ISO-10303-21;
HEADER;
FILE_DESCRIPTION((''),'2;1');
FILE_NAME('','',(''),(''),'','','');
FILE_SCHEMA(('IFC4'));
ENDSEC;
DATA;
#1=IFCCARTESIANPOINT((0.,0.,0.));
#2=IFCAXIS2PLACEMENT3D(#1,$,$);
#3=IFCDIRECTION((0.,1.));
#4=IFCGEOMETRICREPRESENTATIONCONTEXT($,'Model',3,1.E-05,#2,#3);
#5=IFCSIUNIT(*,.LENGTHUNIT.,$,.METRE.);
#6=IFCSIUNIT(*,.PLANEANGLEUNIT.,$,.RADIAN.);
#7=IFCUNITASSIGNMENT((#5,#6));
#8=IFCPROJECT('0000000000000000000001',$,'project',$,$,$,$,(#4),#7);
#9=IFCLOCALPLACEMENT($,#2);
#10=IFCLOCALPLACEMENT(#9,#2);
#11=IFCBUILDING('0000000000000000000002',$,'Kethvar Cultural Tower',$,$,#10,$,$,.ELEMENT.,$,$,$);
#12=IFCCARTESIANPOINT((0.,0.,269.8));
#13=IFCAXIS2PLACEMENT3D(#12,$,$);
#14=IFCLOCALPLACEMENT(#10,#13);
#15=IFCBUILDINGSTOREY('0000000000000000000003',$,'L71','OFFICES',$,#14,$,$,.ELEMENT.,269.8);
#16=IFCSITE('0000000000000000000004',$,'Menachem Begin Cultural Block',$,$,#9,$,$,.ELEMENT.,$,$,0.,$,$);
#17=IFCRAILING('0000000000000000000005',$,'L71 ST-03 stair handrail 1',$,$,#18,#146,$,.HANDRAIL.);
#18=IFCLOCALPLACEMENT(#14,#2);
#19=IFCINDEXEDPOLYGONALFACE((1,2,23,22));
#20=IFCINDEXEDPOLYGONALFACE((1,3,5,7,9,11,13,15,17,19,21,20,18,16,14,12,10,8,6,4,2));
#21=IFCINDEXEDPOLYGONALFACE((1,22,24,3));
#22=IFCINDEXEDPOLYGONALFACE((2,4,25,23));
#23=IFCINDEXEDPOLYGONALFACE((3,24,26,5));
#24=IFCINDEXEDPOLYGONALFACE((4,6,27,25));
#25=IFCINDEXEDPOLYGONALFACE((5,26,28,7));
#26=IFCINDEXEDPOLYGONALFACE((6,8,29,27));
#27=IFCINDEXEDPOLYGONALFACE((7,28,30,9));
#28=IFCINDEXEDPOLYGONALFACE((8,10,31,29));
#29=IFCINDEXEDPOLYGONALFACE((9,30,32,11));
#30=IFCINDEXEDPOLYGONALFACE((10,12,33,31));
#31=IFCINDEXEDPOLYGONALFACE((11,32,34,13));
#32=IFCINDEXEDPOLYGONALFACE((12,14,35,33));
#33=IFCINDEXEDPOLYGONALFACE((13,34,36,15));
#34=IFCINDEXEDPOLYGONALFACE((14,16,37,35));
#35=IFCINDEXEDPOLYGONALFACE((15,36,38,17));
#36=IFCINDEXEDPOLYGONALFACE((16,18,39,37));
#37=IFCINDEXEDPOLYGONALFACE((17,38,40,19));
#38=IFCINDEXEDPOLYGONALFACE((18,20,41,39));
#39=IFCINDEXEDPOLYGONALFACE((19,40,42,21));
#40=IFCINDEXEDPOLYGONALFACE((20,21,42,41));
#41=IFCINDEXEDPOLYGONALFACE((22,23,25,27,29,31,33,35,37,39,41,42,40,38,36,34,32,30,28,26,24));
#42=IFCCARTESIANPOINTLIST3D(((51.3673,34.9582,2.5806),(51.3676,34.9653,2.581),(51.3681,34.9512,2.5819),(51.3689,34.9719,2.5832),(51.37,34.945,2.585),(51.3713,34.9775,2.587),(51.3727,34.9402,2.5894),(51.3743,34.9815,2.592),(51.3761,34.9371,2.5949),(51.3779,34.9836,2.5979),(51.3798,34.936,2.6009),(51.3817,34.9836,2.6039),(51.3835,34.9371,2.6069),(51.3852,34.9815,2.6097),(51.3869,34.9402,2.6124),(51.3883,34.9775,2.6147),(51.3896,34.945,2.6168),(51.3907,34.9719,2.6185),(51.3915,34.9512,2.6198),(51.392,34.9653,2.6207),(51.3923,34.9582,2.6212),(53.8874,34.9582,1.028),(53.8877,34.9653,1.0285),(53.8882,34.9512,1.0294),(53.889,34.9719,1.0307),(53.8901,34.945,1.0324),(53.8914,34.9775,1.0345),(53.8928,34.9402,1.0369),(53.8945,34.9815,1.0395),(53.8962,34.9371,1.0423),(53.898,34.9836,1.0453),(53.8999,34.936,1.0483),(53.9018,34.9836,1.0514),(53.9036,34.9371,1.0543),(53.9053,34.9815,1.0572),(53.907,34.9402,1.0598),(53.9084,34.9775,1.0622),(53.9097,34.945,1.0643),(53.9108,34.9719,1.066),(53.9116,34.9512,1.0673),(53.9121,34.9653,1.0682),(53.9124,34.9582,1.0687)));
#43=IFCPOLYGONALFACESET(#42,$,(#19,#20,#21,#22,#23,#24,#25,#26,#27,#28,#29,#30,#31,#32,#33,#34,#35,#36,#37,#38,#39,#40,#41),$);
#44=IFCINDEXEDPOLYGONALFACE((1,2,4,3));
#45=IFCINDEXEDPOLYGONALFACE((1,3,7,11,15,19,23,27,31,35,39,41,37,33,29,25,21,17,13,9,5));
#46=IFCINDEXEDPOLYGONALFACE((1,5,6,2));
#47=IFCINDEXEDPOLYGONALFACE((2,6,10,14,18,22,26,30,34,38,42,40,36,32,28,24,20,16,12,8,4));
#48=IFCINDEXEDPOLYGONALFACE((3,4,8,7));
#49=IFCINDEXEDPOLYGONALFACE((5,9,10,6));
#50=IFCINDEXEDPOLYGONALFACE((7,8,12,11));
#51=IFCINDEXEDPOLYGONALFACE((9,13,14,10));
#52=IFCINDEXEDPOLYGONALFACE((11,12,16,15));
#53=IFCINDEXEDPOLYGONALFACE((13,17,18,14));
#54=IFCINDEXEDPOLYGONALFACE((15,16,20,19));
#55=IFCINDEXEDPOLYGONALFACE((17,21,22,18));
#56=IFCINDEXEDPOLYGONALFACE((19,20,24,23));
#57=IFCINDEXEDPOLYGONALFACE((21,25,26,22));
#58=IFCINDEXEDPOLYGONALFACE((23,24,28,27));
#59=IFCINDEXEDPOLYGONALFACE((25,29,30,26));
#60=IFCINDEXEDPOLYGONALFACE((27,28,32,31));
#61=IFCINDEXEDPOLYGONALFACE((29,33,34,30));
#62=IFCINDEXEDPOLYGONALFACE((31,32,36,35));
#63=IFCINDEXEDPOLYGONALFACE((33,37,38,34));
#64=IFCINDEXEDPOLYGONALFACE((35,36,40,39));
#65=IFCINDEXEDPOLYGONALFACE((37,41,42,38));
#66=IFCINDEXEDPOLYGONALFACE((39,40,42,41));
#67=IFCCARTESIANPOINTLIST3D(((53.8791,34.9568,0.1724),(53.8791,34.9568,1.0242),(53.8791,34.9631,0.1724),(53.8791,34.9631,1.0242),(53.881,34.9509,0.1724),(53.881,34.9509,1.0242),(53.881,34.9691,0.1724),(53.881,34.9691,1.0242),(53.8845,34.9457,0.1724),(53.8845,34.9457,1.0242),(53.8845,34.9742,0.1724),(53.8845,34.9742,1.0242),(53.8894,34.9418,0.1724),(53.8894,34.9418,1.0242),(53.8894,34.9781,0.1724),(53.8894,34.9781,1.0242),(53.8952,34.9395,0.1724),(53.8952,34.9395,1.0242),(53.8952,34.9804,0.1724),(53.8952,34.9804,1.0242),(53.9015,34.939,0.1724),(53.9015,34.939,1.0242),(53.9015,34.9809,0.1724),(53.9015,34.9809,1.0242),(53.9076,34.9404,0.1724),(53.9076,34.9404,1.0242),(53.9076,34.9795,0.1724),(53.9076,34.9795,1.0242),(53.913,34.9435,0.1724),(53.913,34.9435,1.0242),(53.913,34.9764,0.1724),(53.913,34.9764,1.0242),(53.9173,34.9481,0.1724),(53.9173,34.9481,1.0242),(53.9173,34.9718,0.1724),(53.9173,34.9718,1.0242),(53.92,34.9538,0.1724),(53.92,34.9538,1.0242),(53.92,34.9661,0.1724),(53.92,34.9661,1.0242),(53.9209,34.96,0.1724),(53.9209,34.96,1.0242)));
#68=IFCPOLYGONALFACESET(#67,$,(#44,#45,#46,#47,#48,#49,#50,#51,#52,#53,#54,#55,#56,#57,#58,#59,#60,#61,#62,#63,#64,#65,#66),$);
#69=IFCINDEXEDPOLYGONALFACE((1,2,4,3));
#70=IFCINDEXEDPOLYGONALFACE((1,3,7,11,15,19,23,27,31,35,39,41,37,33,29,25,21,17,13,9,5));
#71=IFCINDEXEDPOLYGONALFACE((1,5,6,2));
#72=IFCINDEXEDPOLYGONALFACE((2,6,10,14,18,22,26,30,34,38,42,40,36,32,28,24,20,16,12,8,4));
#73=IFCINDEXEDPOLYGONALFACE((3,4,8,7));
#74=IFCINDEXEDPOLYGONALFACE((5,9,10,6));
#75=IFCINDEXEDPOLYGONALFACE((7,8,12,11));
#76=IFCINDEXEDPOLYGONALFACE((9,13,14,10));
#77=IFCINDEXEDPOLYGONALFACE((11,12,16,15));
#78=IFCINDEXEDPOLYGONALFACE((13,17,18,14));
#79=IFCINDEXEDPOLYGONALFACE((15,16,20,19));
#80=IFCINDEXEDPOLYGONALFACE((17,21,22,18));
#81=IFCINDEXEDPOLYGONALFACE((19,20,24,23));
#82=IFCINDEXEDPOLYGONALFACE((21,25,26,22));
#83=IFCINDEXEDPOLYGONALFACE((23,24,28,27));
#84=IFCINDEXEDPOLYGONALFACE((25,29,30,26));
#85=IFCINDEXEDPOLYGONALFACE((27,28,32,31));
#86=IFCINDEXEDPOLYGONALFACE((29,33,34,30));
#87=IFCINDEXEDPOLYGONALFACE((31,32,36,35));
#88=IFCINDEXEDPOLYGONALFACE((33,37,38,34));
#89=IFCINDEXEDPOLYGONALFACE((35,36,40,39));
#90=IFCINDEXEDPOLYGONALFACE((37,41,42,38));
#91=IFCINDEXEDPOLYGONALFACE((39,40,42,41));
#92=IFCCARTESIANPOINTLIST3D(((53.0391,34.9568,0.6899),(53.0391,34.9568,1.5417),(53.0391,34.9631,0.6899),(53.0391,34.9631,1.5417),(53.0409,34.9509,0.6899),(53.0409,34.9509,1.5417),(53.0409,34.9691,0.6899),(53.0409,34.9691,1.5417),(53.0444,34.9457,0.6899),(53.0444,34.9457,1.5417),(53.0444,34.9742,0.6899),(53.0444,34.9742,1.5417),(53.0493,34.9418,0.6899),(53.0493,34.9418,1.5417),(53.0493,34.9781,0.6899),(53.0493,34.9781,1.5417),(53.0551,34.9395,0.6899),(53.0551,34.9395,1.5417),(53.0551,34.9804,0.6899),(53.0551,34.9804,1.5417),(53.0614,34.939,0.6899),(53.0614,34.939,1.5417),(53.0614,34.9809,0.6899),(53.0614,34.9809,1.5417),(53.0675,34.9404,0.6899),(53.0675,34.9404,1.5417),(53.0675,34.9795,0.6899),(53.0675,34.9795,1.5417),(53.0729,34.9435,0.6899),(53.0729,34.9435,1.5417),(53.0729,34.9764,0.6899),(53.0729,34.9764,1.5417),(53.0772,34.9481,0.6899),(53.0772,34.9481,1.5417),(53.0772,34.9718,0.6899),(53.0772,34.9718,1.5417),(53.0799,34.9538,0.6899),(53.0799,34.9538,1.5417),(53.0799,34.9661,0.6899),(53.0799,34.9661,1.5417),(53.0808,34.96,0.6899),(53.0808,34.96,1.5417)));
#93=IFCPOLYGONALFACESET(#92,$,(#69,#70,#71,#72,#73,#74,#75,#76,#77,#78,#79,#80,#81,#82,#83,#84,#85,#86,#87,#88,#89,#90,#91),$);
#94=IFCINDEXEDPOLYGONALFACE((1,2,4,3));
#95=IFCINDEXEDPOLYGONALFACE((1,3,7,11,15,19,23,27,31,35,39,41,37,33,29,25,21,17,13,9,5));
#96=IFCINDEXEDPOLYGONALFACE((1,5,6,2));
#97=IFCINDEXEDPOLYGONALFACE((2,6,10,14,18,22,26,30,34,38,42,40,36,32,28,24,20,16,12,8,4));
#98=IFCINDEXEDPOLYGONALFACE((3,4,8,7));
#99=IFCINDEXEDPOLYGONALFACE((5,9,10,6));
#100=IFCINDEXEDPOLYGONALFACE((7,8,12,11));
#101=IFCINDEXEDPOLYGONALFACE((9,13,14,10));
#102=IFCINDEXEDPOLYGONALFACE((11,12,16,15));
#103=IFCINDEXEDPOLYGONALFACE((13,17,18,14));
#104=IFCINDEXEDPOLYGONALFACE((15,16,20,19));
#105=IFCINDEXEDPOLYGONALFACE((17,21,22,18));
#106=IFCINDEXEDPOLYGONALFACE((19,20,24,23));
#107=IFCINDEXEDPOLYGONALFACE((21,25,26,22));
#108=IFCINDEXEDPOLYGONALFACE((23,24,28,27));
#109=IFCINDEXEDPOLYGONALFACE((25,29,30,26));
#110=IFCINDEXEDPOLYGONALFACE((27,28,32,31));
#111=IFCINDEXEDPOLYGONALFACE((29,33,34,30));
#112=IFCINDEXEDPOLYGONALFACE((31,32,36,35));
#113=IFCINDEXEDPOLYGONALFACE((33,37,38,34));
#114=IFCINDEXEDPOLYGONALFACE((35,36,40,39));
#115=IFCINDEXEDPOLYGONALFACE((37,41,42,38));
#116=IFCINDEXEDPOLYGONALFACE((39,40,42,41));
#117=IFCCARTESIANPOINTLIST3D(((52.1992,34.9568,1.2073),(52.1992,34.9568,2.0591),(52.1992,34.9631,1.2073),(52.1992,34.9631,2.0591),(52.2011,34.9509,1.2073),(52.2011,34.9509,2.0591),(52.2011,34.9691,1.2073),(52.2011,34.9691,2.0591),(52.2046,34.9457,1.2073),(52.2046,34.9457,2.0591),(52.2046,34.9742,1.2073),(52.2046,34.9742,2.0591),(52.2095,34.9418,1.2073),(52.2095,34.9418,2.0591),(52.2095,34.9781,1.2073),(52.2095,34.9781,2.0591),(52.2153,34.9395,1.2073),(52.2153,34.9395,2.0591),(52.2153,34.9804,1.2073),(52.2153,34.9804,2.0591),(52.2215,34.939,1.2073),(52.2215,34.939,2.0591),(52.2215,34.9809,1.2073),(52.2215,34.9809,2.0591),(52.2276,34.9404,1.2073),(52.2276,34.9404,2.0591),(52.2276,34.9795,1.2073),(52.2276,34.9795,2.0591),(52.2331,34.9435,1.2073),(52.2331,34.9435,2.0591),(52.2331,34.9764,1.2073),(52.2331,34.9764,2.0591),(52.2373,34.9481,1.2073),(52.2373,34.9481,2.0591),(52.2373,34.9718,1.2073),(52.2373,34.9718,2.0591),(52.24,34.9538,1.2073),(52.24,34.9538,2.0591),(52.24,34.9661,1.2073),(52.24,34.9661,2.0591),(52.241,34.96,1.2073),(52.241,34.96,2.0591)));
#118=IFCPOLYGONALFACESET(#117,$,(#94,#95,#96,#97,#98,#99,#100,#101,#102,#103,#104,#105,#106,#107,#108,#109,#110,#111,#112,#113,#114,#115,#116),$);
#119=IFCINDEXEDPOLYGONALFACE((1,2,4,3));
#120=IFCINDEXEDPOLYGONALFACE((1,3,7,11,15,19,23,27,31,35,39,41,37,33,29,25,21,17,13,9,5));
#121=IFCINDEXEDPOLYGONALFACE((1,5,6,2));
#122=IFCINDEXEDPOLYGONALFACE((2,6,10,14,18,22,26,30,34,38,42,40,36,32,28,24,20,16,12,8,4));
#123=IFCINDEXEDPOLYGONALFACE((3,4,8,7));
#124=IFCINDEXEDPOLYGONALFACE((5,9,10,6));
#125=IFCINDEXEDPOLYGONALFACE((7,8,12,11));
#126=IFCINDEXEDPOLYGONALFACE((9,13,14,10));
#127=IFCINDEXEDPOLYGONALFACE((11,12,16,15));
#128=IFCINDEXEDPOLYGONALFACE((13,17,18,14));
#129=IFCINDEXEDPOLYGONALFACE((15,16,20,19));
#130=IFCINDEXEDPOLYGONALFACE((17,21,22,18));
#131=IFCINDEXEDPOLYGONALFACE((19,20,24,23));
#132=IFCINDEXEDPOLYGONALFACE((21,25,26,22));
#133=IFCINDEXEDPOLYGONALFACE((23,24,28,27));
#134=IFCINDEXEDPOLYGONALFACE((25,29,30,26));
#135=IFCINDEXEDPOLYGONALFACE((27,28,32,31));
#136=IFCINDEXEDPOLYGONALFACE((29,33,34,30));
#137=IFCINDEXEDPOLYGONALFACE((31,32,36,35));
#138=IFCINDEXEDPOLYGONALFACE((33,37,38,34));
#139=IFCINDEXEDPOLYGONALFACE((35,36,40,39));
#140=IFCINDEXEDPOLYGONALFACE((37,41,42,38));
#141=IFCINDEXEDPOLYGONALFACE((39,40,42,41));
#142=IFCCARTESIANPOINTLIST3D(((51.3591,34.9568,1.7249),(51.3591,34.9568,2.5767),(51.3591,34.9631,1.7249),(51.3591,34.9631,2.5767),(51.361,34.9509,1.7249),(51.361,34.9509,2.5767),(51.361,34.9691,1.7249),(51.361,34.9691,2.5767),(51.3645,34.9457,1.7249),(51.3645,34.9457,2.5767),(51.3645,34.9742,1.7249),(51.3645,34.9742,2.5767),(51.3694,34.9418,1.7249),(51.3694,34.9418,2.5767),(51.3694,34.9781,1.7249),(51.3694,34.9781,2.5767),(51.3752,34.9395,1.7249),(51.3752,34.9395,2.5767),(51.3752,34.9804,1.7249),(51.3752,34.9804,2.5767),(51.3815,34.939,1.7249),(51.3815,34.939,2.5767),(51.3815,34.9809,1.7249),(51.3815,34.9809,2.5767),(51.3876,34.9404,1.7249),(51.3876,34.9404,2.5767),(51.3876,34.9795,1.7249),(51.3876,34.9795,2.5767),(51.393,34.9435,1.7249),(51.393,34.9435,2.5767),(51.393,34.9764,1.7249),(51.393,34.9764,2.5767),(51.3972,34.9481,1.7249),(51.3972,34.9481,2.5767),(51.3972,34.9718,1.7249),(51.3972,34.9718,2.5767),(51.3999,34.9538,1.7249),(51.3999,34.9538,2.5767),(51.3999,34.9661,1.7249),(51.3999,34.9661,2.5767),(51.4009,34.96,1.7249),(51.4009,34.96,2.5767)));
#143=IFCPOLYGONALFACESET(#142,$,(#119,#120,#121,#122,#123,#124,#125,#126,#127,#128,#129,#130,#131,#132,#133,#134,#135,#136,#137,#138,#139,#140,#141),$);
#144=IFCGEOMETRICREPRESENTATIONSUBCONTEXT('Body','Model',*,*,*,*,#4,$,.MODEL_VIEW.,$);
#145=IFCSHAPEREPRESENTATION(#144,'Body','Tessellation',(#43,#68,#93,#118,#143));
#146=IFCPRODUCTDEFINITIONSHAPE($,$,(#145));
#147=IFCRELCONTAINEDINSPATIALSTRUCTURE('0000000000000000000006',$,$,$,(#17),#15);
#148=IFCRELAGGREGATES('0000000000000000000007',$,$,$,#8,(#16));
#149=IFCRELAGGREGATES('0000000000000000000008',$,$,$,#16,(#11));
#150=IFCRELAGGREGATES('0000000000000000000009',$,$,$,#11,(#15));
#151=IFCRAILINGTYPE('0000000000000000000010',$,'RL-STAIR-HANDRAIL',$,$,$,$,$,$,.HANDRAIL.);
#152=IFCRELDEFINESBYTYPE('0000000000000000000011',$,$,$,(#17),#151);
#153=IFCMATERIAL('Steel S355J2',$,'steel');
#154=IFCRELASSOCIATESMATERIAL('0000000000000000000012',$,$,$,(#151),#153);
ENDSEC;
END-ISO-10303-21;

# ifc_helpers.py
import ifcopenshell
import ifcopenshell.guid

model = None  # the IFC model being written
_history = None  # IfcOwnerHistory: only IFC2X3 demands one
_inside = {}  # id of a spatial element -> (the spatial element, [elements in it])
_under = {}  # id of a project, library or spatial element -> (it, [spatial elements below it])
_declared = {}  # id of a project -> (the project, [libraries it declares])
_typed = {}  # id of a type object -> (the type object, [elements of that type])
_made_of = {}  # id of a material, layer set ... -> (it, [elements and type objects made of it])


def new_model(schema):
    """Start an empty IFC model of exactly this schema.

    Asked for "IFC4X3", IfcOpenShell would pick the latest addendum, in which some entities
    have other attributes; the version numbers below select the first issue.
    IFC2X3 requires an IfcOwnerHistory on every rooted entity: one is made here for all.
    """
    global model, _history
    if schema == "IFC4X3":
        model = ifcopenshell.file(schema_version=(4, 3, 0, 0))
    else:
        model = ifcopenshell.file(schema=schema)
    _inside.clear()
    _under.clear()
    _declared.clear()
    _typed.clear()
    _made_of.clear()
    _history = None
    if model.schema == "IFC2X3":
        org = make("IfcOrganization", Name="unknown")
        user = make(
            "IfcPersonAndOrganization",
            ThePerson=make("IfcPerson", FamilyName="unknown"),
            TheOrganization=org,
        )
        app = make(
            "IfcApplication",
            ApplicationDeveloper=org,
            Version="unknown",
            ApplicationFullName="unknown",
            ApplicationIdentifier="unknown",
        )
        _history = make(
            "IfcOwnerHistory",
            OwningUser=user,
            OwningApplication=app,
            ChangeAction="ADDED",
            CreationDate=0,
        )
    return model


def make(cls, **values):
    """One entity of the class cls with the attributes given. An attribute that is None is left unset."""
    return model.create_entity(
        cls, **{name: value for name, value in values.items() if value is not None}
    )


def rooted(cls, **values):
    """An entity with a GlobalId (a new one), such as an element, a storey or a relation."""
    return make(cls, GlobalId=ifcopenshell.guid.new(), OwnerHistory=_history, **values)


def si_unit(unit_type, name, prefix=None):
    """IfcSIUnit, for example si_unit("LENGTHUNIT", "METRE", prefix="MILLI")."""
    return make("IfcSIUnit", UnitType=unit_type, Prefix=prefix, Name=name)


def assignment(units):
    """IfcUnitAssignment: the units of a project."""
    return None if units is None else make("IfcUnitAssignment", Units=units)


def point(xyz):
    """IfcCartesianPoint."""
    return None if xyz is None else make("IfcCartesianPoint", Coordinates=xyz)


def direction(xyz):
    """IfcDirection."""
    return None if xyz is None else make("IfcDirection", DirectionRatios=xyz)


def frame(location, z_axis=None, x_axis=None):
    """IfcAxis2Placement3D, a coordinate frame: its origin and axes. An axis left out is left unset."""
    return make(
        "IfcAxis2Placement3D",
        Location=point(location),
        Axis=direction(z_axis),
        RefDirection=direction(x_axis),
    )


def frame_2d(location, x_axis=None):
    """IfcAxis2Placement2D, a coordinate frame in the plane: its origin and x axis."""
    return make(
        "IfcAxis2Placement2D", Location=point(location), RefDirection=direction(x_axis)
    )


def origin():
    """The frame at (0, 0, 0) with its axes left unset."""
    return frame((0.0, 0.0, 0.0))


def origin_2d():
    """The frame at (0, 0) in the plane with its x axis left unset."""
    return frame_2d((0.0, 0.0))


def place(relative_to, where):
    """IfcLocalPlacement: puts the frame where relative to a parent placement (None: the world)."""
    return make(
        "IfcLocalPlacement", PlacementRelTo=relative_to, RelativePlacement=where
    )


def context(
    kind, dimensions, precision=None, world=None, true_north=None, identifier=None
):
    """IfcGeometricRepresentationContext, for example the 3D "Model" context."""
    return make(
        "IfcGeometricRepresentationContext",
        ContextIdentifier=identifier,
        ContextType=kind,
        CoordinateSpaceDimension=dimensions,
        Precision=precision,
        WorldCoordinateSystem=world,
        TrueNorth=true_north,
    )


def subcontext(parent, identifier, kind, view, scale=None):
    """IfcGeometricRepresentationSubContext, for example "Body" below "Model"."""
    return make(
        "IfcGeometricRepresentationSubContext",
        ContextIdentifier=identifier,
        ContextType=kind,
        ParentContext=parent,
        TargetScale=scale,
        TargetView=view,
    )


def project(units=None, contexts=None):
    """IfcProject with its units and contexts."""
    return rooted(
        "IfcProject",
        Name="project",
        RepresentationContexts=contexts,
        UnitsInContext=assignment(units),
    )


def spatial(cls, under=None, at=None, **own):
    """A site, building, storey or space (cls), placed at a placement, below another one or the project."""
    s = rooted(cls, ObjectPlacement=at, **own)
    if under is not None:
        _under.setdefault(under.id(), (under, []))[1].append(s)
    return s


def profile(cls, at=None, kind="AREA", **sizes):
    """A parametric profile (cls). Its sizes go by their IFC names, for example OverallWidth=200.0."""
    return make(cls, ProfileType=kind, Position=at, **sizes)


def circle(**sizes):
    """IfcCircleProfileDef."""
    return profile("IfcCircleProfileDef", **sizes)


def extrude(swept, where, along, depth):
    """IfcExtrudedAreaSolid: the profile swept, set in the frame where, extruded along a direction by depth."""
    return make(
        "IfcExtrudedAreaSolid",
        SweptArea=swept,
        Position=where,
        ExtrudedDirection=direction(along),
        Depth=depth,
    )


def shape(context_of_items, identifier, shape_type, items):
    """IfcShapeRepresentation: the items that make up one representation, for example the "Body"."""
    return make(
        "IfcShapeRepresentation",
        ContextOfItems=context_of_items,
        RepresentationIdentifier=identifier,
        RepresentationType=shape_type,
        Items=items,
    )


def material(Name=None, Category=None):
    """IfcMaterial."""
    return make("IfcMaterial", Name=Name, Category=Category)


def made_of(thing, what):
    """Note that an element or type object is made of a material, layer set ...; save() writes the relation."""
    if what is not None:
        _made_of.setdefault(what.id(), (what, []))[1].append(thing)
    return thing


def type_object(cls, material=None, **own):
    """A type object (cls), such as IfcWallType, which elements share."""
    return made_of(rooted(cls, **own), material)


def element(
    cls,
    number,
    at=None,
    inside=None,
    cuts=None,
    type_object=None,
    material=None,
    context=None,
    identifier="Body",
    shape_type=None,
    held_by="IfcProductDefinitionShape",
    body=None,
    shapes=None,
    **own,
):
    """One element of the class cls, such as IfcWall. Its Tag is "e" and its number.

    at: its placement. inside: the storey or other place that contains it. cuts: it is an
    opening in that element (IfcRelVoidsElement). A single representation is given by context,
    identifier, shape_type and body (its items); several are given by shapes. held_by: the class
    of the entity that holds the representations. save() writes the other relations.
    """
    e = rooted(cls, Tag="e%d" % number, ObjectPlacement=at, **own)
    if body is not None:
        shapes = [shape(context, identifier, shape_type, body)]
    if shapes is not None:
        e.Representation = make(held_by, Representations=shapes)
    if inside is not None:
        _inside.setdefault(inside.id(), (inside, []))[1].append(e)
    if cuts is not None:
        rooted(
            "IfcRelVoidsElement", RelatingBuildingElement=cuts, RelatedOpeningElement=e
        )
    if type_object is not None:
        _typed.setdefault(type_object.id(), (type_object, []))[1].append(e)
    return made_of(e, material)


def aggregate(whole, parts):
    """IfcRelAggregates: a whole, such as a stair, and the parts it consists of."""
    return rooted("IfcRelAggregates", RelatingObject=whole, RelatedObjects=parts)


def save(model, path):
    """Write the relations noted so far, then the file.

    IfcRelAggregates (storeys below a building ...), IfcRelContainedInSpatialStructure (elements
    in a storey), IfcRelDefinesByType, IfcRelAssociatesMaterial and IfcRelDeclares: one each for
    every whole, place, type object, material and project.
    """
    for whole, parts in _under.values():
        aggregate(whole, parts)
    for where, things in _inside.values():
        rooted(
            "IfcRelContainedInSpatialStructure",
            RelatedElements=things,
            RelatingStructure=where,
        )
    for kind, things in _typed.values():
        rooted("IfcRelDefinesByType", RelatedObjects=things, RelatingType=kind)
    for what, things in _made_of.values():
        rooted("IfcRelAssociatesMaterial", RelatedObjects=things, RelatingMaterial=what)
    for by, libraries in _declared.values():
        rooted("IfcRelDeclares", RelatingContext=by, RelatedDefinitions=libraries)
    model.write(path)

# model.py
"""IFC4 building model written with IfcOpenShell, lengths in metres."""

from ifc_helpers import new_model, si_unit, direction, frame, origin, origin_2d, place, context, subcontext, project, spatial, circle, extrude, material, type_object, element, save


model = new_model("IFC4")

# Units and contexts
model_context = context("Model", 3, precision=1e-05, world=origin(), true_north=direction((0.0, 1.0)))
body_context = subcontext(model_context, "Body", "Model", "MODEL_VIEW")
ifc_project = project(units=[si_unit("LENGTHUNIT", "METRE"), si_unit("PLANEANGLEUNIT", "RADIAN")], contexts=[model_context])

# Site, building, storey
site_placement = place(None, origin())
site = spatial("IfcSite", under=ifc_project, at=site_placement, Name="Menachem Begin Cultural Block", CompositionType="ELEMENT", RefElevation=0.0)
building_placement = place(site_placement, origin())
building = spatial("IfcBuilding", under=site, at=building_placement, Name="Kethvar Cultural Tower", CompositionType="ELEMENT")
storey_placement = place(building_placement, frame((0.0, 0.0, 269.8)))
storey = spatial("IfcBuildingStorey", under=building, at=storey_placement, Name="L71", Description="OFFICES", CompositionType="ELEMENT", Elevation=269.8)

# Shared definitions
ifc_material_1 = material(Name="Steel S355J2", Category="steel")

# Railing
railing_type_1 = type_object("IfcRailingType", Name="RL-STAIR-HANDRAIL", PredefinedType="HANDRAIL", material=ifc_material_1)
railing_1_placement = place(storey_placement, frame((53.8999, 34.96, 0.1724)))
element("IfcRailing", 1, at=railing_1_placement, inside=storey, type_object=railing_type_1, Name="L71 ST-03 stair handrail 1", PredefinedType="HANDRAIL", context=body_context, shape_type="SweptSolid", body=[
    extrude(circle(Radius=0.0239, at=origin_2d()), frame((0.0, 0.0, 0.876), z_axis=(-0.8514, 0.0, 0.524516), x_axis=(0.0, -1.0, 0.0)), (0.0, 0.0, 1.0), 2.96),
    extrude(circle(Radius=0.021, at=origin_2d()), origin(), (0.0, 0.0, 1.0), 0.8518),
    extrude(circle(Radius=0.021, at=origin_2d()), frame((-0.8401, 0.0, 0.5176)), (0.0, 0.0, 1.0), 0.8518),
    extrude(circle(Radius=0.021, at=origin_2d()), frame((-1.6799, 0.0, 1.0349)), (0.0, 0.0, 1.0), 0.8518),
    extrude(circle(Radius=0.021, at=origin_2d()), frame((-2.52, 0.0, 1.5525)), (0.0, 0.0, 1.0), 0.8518),
])

save(model, "model.ifc")
